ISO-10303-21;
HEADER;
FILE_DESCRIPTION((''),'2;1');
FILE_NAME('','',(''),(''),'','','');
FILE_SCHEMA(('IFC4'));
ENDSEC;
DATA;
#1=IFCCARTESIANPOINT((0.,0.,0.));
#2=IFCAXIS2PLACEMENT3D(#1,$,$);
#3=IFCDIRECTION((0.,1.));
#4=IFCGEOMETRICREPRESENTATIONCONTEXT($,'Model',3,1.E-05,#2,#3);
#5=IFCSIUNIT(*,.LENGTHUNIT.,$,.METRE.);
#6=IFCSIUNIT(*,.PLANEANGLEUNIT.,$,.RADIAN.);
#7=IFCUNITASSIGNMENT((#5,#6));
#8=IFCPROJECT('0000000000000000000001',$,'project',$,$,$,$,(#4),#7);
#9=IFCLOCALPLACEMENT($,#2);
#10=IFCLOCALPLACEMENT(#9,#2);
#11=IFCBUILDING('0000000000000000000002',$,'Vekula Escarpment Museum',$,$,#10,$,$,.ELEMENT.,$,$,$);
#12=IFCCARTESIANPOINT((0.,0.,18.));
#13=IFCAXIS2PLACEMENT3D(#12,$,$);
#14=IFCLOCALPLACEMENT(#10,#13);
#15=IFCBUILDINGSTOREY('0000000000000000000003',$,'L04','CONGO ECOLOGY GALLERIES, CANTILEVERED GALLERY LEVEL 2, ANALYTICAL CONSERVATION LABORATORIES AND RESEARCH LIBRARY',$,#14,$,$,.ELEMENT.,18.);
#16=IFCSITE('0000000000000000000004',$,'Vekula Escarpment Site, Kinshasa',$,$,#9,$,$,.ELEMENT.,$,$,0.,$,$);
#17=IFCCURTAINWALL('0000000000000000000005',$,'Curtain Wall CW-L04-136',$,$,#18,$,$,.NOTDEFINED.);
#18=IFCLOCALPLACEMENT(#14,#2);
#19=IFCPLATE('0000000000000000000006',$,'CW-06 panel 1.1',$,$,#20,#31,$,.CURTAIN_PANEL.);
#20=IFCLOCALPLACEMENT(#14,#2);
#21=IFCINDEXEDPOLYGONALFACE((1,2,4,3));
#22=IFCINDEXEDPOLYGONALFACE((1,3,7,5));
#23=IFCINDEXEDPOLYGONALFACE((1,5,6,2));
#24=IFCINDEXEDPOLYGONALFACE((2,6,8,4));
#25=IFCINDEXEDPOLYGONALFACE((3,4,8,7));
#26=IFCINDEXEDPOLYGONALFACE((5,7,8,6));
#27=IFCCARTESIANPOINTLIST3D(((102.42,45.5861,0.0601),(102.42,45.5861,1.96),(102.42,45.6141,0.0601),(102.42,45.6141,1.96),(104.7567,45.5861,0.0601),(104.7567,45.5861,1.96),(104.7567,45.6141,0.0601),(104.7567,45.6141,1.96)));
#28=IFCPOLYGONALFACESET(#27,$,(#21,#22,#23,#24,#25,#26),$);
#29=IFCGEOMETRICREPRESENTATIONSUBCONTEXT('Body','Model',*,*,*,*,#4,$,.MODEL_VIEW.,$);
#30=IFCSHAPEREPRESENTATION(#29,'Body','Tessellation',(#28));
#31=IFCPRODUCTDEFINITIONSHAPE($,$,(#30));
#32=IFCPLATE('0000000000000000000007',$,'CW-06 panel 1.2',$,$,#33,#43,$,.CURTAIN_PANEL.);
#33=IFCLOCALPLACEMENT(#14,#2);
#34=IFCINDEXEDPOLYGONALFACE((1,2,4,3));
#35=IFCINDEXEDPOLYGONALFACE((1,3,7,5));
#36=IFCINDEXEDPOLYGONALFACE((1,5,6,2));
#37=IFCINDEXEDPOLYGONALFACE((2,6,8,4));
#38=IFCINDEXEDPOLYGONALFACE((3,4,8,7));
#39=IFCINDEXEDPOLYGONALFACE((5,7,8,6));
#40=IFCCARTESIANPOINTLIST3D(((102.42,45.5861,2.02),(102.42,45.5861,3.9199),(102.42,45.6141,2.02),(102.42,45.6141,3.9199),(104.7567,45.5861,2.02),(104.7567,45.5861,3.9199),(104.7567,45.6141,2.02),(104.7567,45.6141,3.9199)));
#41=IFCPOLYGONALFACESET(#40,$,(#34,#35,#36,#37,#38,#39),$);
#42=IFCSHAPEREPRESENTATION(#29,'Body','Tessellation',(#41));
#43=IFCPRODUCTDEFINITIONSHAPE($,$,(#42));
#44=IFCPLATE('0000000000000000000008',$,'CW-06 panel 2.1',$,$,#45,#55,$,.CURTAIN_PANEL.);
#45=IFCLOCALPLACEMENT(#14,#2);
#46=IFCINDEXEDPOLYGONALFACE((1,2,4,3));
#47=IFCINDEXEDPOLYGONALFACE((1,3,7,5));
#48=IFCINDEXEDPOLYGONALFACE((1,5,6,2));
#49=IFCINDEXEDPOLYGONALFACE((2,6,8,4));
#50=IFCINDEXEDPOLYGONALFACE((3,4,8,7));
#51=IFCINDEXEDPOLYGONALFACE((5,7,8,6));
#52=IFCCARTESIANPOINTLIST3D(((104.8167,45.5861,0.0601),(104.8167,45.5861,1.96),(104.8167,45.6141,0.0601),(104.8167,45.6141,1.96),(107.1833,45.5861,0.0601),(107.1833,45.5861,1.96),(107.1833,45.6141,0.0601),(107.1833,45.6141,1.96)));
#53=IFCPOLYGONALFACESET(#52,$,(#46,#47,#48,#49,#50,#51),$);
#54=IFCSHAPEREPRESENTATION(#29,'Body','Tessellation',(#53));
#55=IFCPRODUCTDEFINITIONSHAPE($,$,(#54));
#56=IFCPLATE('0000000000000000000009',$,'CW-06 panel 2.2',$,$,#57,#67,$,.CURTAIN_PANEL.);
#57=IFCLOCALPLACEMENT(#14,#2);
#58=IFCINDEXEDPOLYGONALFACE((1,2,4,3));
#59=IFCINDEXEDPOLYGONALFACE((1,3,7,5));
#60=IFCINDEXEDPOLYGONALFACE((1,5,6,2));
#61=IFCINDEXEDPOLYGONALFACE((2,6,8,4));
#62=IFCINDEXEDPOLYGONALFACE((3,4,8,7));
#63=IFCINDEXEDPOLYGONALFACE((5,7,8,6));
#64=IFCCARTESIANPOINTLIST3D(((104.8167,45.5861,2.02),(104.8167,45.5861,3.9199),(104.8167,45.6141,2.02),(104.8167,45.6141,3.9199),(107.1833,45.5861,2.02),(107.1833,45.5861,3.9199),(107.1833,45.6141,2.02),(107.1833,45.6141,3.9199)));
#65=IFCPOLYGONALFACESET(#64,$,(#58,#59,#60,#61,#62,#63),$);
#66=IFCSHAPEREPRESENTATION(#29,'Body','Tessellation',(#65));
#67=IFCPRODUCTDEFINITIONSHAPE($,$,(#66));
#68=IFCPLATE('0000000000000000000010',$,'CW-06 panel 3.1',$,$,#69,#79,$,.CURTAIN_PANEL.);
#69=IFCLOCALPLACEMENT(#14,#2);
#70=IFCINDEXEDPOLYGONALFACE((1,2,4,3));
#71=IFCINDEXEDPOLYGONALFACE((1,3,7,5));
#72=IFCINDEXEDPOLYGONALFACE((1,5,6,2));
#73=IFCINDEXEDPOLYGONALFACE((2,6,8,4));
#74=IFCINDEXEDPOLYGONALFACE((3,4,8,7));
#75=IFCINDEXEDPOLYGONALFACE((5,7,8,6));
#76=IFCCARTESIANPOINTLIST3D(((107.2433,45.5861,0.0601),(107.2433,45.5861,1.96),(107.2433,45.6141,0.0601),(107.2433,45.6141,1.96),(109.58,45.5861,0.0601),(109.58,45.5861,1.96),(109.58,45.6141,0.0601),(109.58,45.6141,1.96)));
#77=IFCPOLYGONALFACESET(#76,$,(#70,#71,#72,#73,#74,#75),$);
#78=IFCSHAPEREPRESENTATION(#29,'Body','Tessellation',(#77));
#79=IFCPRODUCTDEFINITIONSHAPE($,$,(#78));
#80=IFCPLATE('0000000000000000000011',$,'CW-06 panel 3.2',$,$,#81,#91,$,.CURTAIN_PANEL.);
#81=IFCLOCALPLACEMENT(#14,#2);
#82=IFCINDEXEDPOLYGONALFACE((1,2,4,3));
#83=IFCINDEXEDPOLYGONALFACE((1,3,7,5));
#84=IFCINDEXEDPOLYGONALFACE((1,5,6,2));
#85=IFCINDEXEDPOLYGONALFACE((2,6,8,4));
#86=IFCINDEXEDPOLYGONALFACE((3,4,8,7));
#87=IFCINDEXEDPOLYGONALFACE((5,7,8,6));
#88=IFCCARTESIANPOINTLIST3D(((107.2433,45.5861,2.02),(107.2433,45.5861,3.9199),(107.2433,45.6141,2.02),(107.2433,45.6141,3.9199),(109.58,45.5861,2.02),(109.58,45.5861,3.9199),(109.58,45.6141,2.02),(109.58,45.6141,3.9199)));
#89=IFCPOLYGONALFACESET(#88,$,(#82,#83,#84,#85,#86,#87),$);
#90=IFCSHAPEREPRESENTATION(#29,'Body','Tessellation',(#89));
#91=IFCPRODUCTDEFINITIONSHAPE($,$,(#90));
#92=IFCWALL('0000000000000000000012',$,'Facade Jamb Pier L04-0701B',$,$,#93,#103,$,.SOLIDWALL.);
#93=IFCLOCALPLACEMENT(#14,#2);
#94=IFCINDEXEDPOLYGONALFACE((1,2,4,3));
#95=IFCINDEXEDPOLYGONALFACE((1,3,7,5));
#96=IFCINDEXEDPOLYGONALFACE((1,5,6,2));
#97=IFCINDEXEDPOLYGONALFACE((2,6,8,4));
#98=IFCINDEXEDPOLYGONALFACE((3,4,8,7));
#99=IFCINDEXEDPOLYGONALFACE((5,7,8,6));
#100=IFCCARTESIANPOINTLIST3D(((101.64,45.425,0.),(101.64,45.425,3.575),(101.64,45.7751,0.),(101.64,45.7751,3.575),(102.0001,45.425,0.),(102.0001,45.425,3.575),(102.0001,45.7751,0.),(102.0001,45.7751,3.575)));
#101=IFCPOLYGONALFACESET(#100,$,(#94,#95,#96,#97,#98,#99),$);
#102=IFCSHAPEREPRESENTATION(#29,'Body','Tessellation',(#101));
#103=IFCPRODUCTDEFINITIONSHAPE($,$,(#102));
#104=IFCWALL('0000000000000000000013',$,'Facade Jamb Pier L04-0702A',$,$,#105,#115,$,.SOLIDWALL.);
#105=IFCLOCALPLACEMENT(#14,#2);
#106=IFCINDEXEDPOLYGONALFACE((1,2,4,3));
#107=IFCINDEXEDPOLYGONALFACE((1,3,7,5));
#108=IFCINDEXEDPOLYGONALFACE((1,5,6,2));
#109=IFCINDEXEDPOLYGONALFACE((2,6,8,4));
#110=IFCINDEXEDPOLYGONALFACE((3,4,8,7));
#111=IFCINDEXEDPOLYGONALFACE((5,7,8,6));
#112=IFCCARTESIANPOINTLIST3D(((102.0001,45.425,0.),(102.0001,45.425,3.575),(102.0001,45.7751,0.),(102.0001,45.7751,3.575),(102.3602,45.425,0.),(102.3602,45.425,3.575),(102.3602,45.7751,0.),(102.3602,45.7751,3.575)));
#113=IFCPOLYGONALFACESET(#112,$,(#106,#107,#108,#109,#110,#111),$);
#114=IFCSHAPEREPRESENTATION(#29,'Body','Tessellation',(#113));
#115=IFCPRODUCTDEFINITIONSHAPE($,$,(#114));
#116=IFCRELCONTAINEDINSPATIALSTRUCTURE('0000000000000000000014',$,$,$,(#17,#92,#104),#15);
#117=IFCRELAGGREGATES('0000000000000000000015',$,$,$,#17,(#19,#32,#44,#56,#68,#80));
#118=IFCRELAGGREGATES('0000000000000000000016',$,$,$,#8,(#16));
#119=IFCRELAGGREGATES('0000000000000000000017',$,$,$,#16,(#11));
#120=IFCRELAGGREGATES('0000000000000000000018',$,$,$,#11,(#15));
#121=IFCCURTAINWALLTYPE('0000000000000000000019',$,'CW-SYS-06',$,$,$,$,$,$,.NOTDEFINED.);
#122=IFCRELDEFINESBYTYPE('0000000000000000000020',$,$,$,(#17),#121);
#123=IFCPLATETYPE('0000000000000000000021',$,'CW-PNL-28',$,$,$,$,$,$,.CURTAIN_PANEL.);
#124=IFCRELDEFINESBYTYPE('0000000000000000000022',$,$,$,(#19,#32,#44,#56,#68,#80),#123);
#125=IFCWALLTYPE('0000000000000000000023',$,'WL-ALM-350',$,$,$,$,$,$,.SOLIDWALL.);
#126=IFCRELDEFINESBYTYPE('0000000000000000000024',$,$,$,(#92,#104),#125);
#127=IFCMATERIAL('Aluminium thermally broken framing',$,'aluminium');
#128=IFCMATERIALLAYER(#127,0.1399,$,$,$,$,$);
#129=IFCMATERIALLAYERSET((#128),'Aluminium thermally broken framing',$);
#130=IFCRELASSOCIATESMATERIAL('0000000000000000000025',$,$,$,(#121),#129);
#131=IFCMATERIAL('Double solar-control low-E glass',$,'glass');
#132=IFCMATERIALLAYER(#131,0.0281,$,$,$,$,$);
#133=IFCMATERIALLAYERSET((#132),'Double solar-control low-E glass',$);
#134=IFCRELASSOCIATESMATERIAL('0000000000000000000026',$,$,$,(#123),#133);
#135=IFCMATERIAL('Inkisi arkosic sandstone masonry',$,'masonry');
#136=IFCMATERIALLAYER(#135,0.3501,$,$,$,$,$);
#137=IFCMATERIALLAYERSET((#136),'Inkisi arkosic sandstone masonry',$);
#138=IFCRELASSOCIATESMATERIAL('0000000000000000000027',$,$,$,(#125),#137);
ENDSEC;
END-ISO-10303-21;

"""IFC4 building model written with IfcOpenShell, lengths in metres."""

from ifc_helpers import new_model, si_unit, direction, frame, frame_2d, origin, origin_2d, place, context, subcontext, project, spatial, rectangle, extrude, material, layer, layer_set, type_object, element, aggregate, save


model = new_model("IFC4")

# Units and contexts
model_context = context("Model", 3, precision=1e-05, world=origin(), true_north=direction((0.0, 1.0)))
body_context = subcontext(model_context, "Body", "Model", "MODEL_VIEW")
ifc_project = project(units=[si_unit("LENGTHUNIT", "METRE"), si_unit("PLANEANGLEUNIT", "RADIAN")], contexts=[model_context])

# Site, building, storey
site_placement = place(None, origin())
site = spatial("IfcSite", under=ifc_project, at=site_placement, Name="Vekula Escarpment Site, Kinshasa", CompositionType="ELEMENT", RefElevation=0.0)
building_placement = place(site_placement, origin())
building = spatial("IfcBuilding", under=site, at=building_placement, Name="Vekula Escarpment Museum", CompositionType="ELEMENT")
storey_placement = place(building_placement, frame((0.0, 0.0, 18.0)))
storey = spatial("IfcBuildingStorey", under=building, at=storey_placement, Name="L04", Description="CONGO ECOLOGY GALLERIES, CANTILEVERED GALLERY LEVEL 2, ANALYTICAL CONSERVATION LABORATORIES AND RESEARCH LIBRARY", CompositionType="ELEMENT", Elevation=18.0)

# Curtain wall
ifc_material_1 = material(Name="Aluminium thermally broken framing", Category="aluminium")
ifc_layer_1 = layer(ifc_material_1, 0.1399)
ifc_layer_set_1 = layer_set([ifc_layer_1], Name="Aluminium thermally broken framing")
curtain_wall_type_1 = type_object("IfcCurtainWallType", Name="CW-SYS-06", PredefinedType="NOTDEFINED", material=ifc_layer_set_1)
curtain_wall_1_placement = place(storey_placement, origin())
curtain_wall_1 = element("IfcCurtainWall", 1, at=curtain_wall_1_placement, inside=storey, type_object=curtain_wall_type_1, Name="Curtain Wall CW-L04-136", PredefinedType="NOTDEFINED")

# Plates
ifc_material_2 = material(Name="Double solar-control low-E glass", Category="glass")
ifc_layer_2 = layer(ifc_material_2, 0.0281)
ifc_layer_set_2 = layer_set([ifc_layer_2], Name="Double solar-control low-E glass")
plate_type = type_object("IfcPlateType", Name="CW-PNL-28", PredefinedType="CURTAIN_PANEL", material=ifc_layer_set_2)
plate_1_placement = place(storey_placement, frame((103.5884, 45.6001, 0.0601), z_axis=(0.0, 0.0, 1.0), x_axis=(1.0, 0.0, 0.0)))
plate_1 = element("IfcPlate", 2, at=plate_1_placement, type_object=plate_type, Name="CW-06 panel 1.1", PredefinedType="CURTAIN_PANEL", context=body_context, shape_type="SweptSolid", body=[
    extrude(rectangle(XDim=2.3367, YDim=0.0281, at=origin_2d()), origin(), (0.0, 0.0, 1.0), 1.8999),
])
plate_2_placement = place(storey_placement, frame((103.5884, 45.6001, 2.02), z_axis=(0.0, 0.0, 1.0), x_axis=(1.0, 0.0, 0.0)))
plate_2 = element("IfcPlate", 3, at=plate_2_placement, type_object=plate_type, Name="CW-06 panel 1.2", PredefinedType="CURTAIN_PANEL", context=body_context, shape_type="SweptSolid", body=[
    extrude(rectangle(XDim=2.3367, YDim=0.0281, at=origin_2d()), origin(), (0.0, 0.0, 1.0), 1.8999),
])
plate_3_placement = place(storey_placement, frame((106.0, 45.6001, 0.0601), z_axis=(0.0, 0.0, 1.0), x_axis=(1.0, 0.0, 0.0)))
plate_3 = element("IfcPlate", 4, at=plate_3_placement, type_object=plate_type, Name="CW-06 panel 2.1", PredefinedType="CURTAIN_PANEL", context=body_context, shape_type="SweptSolid", body=[
    extrude(rectangle(XDim=2.3667, YDim=0.0281, at=origin_2d()), origin(), (0.0, 0.0, 1.0), 1.8999),
])
plate_4_placement = place(storey_placement, frame((106.0, 45.6001, 2.02), z_axis=(0.0, 0.0, 1.0), x_axis=(1.0, 0.0, 0.0)))
plate_4 = element("IfcPlate", 5, at=plate_4_placement, type_object=plate_type, Name="CW-06 panel 2.2", PredefinedType="CURTAIN_PANEL", context=body_context, shape_type="SweptSolid", body=[
    extrude(rectangle(XDim=2.3667, YDim=0.0281, at=origin_2d()), origin(), (0.0, 0.0, 1.0), 1.8999),
])
plate_5_placement = place(storey_placement, frame((108.4116, 45.6001, 0.0601), z_axis=(0.0, 0.0, 1.0), x_axis=(1.0, 0.0, 0.0)))
plate_5 = element("IfcPlate", 6, at=plate_5_placement, type_object=plate_type, Name="CW-06 panel 3.1", PredefinedType="CURTAIN_PANEL", context=body_context, shape_type="SweptSolid", body=[
    extrude(rectangle(XDim=2.3367, YDim=0.0281, at=origin_2d()), origin(), (0.0, 0.0, 1.0), 1.8999),
])
plate_6_placement = place(storey_placement, frame((108.4116, 45.6001, 2.02), z_axis=(0.0, 0.0, 1.0), x_axis=(1.0, 0.0, 0.0)))
plate_6 = element("IfcPlate", 7, at=plate_6_placement, type_object=plate_type, Name="CW-06 panel 3.2", PredefinedType="CURTAIN_PANEL", context=body_context, shape_type="SweptSolid", body=[
    extrude(rectangle(XDim=2.3367, YDim=0.0281, at=origin_2d()), origin(), (0.0, 0.0, 1.0), 1.8999),
])
aggregate(curtain_wall_1, [plate_1, plate_2, plate_3, plate_4, plate_5, plate_6])

# Walls
ifc_material_3 = material(Name="Inkisi arkosic sandstone masonry", Category="masonry")
ifc_layer_3 = layer(ifc_material_3, 0.3501)
ifc_layer_set_3 = layer_set([ifc_layer_3], Name="Inkisi arkosic sandstone masonry")
wall_type = type_object("IfcWallType", Name="WL-ALM-350", PredefinedType="SOLIDWALL", material=ifc_layer_set_3)
for number, where, z_axis, x_axis, name in (
    (8, (101.6399, 45.6001, 0.0), (0.0, 0.0, 1.0), (1.0, 0.0, 0.0), "Facade Jamb Pier L04-0701B"),
    (9, (102.0, 45.6001, 0.0), (0.0, 0.0, 1.0), (1.0, 0.0, 0.0), "Facade Jamb Pier L04-0702A"),
):
    element("IfcWall", number, at=place(storey_placement, frame(where, z_axis=z_axis, x_axis=x_axis)), inside=storey, type_object=wall_type, Name=name, PredefinedType="SOLIDWALL", context=body_context, shape_type="SweptSolid", body=[
        extrude(rectangle(XDim=0.3601, YDim=0.3501, at=frame_2d((0.1802, 0.0))), origin(), (0.0, 0.0, 1.0), 3.575),
    ])

save(model, "model.ifc")
